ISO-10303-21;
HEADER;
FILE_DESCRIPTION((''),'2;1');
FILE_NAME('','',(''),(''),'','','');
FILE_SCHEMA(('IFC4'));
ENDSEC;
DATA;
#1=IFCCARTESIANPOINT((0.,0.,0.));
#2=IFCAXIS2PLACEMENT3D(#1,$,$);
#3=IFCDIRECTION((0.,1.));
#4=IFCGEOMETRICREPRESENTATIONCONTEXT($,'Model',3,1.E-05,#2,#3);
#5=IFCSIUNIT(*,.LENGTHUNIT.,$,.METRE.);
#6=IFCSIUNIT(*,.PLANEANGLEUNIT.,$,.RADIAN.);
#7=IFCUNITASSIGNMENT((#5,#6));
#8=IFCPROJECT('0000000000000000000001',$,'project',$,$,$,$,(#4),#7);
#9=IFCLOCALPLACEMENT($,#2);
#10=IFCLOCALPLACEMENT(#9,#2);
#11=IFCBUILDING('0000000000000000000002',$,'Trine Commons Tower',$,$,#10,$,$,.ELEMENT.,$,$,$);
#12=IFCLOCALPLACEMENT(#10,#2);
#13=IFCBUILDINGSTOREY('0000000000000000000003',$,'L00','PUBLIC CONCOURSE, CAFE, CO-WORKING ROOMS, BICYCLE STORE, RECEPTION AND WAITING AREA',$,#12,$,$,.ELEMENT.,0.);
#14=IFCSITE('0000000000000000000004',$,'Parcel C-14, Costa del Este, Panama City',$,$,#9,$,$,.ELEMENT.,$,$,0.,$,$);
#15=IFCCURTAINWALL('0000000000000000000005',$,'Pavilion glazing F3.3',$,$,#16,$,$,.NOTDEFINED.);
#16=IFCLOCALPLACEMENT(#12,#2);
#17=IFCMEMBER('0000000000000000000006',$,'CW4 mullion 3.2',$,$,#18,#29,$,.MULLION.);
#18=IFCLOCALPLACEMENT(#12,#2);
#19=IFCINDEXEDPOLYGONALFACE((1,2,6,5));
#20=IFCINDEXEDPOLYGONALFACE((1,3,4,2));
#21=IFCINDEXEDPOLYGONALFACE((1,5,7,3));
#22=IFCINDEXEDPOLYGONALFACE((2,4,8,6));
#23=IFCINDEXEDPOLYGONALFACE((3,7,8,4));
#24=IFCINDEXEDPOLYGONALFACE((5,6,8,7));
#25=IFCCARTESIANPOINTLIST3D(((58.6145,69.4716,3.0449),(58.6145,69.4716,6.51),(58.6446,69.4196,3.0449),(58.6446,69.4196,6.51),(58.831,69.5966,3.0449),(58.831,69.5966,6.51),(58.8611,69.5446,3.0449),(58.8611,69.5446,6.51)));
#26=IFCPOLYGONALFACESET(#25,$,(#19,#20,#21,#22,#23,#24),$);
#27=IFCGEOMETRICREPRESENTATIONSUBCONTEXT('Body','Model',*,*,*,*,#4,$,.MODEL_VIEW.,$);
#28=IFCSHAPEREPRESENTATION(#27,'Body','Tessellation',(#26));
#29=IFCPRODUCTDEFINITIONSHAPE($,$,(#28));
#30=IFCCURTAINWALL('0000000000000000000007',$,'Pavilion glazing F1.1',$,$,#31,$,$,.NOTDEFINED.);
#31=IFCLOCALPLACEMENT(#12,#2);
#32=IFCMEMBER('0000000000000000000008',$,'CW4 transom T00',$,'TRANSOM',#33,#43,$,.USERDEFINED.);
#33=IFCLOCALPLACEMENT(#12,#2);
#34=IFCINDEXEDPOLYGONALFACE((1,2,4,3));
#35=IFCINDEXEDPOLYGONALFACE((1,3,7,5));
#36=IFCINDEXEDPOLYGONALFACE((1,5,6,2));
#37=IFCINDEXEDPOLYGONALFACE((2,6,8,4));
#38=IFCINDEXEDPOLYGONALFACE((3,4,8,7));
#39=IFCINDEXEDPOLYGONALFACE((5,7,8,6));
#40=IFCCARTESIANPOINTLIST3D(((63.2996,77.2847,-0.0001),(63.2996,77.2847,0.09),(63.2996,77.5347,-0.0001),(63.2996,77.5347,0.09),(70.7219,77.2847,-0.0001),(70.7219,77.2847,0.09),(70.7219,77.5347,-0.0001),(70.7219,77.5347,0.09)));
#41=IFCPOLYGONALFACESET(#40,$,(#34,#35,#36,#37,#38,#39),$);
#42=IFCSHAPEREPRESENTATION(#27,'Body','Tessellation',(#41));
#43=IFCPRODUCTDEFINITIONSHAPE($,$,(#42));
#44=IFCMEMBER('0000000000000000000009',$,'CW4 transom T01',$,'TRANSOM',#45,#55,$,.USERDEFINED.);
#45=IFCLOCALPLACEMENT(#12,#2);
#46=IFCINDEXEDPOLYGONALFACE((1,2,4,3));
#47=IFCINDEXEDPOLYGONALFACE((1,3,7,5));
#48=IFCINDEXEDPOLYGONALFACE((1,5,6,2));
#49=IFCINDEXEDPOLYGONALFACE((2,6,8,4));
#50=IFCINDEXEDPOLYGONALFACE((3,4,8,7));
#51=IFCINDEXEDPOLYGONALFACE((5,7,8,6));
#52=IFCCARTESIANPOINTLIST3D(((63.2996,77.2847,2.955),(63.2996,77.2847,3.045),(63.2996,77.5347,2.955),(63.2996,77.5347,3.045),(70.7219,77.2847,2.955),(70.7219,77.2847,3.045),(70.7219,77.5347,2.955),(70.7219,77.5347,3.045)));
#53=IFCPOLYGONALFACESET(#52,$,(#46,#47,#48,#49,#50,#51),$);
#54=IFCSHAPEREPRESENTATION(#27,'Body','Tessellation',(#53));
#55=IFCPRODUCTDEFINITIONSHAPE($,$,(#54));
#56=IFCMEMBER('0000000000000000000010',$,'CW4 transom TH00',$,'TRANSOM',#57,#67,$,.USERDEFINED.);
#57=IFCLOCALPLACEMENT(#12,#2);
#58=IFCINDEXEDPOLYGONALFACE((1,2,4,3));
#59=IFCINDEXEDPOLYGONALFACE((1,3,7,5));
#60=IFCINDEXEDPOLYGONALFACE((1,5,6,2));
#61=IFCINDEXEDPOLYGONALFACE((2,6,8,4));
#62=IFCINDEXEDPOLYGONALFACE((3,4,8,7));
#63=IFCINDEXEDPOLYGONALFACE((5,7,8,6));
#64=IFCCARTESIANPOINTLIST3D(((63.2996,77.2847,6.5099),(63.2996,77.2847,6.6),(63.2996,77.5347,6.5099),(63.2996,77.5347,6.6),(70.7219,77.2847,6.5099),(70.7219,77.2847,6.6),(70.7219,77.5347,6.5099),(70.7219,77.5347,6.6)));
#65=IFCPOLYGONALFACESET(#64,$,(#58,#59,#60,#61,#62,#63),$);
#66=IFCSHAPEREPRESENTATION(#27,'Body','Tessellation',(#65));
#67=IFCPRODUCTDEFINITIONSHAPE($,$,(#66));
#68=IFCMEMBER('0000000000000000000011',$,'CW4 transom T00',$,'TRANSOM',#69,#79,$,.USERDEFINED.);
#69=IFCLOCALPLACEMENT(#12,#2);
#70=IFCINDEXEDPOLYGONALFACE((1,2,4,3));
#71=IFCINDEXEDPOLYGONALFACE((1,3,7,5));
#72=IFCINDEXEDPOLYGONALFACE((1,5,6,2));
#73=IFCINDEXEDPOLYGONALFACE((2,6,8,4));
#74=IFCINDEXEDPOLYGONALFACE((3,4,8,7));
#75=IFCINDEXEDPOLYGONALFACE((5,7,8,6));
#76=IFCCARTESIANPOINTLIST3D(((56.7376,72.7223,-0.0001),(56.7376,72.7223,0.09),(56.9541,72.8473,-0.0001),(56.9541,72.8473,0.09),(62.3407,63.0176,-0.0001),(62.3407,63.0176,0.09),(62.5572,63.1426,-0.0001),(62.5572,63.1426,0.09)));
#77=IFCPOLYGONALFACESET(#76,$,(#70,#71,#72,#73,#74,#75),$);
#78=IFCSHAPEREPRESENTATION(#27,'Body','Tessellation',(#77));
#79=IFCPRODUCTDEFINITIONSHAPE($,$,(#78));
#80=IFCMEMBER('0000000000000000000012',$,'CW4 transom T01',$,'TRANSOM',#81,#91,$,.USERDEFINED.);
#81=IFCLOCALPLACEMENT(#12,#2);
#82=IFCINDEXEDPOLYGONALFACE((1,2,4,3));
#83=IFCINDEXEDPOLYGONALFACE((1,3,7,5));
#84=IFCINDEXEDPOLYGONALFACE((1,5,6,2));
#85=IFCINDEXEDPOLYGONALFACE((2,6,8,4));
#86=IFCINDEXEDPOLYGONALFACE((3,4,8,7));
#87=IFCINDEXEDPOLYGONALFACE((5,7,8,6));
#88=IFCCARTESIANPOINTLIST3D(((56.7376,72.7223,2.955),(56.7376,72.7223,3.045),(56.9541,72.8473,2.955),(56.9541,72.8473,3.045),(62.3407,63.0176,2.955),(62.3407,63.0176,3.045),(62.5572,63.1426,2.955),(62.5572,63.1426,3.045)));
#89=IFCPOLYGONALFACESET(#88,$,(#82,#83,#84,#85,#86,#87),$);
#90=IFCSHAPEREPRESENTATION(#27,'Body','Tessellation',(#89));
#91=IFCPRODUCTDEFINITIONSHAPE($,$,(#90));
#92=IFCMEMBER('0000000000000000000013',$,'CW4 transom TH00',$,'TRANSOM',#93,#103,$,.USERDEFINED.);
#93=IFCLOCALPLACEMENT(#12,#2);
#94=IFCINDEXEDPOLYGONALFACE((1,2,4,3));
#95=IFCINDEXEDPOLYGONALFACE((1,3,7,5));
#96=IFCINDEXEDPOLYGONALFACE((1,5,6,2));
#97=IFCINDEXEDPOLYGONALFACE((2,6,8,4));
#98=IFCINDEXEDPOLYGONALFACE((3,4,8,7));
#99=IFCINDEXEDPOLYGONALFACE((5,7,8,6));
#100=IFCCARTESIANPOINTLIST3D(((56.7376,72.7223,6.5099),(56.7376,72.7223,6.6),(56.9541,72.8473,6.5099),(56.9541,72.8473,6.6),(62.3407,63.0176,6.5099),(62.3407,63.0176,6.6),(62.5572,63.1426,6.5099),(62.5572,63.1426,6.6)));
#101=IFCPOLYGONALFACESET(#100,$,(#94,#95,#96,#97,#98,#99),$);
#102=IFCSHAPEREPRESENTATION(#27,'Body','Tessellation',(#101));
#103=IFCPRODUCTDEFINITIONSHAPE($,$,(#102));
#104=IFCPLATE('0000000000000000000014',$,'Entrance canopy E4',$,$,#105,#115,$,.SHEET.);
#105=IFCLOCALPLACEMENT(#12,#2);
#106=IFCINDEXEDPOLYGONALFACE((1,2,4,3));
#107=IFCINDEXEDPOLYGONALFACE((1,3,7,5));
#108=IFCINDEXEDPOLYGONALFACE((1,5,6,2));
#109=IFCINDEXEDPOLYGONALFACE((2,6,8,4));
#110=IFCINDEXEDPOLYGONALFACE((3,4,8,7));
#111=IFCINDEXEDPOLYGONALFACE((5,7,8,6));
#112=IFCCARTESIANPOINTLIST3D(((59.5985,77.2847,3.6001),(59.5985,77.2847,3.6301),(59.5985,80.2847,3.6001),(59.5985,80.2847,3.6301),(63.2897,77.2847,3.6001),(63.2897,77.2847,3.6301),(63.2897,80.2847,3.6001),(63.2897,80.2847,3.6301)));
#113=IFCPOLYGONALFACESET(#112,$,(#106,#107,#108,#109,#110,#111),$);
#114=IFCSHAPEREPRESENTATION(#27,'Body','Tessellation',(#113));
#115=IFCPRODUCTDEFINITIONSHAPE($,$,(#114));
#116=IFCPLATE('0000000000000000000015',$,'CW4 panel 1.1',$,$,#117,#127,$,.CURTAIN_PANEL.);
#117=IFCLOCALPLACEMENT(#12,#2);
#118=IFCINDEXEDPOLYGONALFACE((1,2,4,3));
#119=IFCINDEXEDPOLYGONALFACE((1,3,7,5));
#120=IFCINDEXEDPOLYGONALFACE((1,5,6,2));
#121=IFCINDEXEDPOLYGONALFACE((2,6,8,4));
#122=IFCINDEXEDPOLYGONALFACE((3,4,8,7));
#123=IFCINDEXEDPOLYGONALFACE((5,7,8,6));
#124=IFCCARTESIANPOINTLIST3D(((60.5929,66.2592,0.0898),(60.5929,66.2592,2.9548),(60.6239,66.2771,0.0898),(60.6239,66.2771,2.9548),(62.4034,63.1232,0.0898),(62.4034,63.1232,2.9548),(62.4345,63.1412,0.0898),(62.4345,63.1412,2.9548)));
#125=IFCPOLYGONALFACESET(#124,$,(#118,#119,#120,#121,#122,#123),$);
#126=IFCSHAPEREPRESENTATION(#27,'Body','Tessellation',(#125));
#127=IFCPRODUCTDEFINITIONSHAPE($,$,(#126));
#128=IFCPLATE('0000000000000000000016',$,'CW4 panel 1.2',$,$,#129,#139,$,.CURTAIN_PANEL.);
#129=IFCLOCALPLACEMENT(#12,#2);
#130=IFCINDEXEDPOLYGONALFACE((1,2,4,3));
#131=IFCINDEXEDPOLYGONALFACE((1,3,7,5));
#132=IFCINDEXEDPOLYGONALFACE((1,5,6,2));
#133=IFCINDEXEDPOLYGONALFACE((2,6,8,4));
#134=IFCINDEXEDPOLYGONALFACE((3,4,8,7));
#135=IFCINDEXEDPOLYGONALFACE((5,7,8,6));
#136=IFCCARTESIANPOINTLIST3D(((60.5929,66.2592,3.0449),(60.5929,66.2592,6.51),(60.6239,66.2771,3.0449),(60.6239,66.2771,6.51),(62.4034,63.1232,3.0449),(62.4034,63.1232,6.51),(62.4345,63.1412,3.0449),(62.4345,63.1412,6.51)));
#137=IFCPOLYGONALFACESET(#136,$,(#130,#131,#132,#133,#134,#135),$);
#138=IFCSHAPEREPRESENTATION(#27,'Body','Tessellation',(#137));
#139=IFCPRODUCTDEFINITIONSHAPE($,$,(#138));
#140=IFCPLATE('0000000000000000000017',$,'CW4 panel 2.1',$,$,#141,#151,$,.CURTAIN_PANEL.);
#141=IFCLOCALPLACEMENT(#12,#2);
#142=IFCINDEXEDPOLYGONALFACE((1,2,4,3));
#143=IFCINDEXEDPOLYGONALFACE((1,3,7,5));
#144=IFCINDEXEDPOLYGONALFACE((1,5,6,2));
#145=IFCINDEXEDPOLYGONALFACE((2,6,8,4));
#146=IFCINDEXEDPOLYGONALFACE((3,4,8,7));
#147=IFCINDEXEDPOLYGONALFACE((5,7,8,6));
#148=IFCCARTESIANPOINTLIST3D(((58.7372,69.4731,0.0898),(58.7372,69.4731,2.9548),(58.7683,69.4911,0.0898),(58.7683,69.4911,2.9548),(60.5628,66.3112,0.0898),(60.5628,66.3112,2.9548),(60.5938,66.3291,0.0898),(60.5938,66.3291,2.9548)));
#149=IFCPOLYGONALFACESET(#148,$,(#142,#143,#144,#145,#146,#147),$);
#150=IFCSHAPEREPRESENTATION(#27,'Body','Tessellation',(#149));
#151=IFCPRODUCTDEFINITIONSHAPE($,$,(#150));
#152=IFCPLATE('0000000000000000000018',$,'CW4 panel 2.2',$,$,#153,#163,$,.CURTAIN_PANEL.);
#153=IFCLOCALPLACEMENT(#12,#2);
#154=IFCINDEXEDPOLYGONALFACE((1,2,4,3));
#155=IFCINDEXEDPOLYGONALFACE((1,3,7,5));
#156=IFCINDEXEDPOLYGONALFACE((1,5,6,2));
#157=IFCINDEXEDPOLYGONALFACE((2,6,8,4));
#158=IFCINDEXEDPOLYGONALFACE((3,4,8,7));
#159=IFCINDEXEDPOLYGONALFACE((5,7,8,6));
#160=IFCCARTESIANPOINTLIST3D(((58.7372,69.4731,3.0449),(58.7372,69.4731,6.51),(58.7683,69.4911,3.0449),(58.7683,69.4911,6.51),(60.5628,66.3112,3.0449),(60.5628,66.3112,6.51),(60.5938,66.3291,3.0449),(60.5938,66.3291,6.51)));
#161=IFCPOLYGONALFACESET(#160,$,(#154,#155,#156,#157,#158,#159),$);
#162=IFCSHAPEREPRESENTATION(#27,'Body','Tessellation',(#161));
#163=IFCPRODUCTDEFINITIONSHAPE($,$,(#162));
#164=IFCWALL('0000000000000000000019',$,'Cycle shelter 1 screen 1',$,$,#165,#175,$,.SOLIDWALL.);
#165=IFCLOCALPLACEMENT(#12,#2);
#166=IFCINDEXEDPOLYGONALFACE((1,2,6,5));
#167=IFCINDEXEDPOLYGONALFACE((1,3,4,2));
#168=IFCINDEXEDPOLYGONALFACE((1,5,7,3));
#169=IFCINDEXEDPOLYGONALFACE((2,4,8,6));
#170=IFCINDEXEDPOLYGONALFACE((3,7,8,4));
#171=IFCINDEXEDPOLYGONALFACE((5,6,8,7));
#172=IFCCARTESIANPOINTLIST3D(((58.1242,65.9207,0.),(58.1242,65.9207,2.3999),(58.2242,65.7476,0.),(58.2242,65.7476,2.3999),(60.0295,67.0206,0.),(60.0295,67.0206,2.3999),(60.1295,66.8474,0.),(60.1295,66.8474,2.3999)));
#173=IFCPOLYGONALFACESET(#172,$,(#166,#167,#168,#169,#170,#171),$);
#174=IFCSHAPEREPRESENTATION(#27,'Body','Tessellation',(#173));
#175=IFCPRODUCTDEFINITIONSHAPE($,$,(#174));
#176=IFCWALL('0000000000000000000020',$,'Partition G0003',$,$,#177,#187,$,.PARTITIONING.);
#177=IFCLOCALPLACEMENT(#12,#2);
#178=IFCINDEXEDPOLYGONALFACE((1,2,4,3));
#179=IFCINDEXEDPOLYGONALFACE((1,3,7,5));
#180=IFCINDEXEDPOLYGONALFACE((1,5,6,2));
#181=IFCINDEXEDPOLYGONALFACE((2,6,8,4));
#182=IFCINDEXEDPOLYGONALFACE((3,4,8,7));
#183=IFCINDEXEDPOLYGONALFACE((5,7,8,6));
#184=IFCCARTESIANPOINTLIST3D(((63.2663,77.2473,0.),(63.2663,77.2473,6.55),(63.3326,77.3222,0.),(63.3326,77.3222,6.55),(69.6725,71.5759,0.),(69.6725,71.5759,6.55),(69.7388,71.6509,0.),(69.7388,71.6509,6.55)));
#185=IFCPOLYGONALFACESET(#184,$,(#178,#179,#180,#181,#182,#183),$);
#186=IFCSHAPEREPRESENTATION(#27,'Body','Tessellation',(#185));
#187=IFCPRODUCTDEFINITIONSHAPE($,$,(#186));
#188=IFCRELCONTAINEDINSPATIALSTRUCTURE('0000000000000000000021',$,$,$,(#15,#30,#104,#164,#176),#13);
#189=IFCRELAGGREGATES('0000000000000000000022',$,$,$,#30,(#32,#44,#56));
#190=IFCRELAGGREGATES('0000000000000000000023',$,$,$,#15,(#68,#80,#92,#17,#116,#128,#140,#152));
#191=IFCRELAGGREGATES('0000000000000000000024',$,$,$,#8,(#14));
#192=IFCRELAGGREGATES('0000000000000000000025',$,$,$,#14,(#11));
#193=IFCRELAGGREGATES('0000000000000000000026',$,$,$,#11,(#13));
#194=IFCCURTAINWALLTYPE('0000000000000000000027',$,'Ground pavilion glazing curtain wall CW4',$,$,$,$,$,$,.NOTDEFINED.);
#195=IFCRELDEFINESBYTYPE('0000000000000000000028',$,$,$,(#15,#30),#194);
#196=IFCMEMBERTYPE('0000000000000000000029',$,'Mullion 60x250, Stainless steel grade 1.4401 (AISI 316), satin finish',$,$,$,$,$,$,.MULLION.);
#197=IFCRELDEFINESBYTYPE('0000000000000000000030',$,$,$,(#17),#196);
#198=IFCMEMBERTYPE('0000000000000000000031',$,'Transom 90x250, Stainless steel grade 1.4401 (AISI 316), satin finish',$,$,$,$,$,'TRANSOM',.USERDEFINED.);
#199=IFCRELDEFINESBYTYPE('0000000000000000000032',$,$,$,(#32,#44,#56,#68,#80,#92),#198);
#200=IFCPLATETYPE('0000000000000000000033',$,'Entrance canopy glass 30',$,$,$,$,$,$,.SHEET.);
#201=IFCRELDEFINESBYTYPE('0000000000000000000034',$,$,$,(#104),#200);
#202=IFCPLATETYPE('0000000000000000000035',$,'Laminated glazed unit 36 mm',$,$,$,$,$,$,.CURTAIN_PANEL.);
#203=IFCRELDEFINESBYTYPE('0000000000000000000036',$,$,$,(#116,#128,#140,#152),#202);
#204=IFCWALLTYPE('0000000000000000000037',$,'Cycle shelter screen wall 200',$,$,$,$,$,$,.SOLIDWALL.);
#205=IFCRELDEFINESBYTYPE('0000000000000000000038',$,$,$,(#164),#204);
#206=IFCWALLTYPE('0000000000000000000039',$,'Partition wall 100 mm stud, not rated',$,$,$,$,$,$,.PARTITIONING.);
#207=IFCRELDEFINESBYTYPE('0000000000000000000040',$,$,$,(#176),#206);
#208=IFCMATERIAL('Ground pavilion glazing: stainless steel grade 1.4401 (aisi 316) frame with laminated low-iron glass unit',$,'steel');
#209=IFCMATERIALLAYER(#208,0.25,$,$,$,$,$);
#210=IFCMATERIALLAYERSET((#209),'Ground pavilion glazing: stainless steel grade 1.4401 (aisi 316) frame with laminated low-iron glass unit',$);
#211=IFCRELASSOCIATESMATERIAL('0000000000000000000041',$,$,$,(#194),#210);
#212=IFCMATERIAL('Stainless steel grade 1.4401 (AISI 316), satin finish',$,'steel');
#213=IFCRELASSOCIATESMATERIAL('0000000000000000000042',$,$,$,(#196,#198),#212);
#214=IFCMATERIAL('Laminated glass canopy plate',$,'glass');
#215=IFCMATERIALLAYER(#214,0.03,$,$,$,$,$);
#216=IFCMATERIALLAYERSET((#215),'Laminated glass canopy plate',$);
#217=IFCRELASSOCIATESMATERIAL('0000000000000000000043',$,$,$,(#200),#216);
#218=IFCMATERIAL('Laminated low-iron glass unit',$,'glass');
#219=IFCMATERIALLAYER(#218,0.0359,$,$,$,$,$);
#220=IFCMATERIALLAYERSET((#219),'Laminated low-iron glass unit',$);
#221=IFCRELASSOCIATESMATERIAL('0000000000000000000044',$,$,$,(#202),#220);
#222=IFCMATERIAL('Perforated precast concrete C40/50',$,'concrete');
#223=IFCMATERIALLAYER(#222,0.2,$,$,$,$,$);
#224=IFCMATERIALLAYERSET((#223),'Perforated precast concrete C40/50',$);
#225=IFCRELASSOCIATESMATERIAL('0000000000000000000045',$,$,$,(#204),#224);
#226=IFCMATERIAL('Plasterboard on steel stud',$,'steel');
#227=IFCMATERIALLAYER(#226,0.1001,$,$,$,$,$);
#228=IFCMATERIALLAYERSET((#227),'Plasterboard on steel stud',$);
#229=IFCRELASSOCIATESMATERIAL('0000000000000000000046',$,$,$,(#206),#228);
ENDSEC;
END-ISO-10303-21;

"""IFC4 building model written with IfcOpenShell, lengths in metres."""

from ifc_helpers import new_model, si_unit, direction, frame, frame_2d, origin, origin_2d, place, context, subcontext, project, spatial, rectangle, extrude, material, layer, layer_set, material_profile, profile_set, type_object, element, aggregate, save


model = new_model("IFC4")

# Units and contexts
model_context = context("Model", 3, precision=1e-05, world=origin(), true_north=direction((0.0, 1.0)))
body_context = subcontext(model_context, "Body", "Model", "MODEL_VIEW")
ifc_project = project(units=[si_unit("LENGTHUNIT", "METRE"), si_unit("PLANEANGLEUNIT", "RADIAN")], contexts=[model_context])

# Site, building, storey
site_placement = place(None, origin())
site = spatial("IfcSite", under=ifc_project, at=site_placement, Name="Parcel C-14, Costa del Este, Panama City", CompositionType="ELEMENT", RefElevation=0.0)
building_placement = place(site_placement, origin())
building = spatial("IfcBuilding", under=site, at=building_placement, Name="Trine Commons Tower", CompositionType="ELEMENT")
storey_placement = place(building_placement, origin())
storey = spatial("IfcBuildingStorey", under=building, at=storey_placement, Name="L00", Description="PUBLIC CONCOURSE, CAFE, CO-WORKING ROOMS, BICYCLE STORE, RECEPTION AND WAITING AREA", CompositionType="ELEMENT", Elevation=0.0)

# Curtain walls, members
ifc_material_1 = material(Name="Ground pavilion glazing: stainless steel grade 1.4401 (aisi 316) frame with laminated low-iron glass unit", Category="steel")
ifc_layer_1 = layer(ifc_material_1, 0.25)
ifc_layer_set_1 = layer_set([ifc_layer_1], Name="Ground pavilion glazing: stainless steel grade 1.4401 (aisi 316) frame with laminated low-iron glass unit")
curtain_wall_type = type_object("IfcCurtainWallType", Name="Ground pavilion glazing curtain wall CW4", PredefinedType="NOTDEFINED", material=ifc_layer_set_1)
ifc_material_2 = material(Name="Stainless steel grade 1.4401 (AISI 316), satin finish", Category="steel")
ifc_material_profile_1 = material_profile(ifc_material_2, rectangle(XDim=0.25, YDim=0.0601, at=origin_2d()), Name="Mullion 60x250")
ifc_profile_set_1 = profile_set([ifc_material_profile_1], Name="Stainless steel grade 1.4401 (AISI 316), satin finish")
member_type_1 = type_object("IfcMemberType", Name="Mullion 60x250, Stainless steel grade 1.4401 (AISI 316), satin finish", PredefinedType="MULLION", material=ifc_profile_set_1)
curtain_wall_1_placement = place(storey_placement, origin())
curtain_wall_1 = element("IfcCurtainWall", 1, at=curtain_wall_1_placement, inside=storey, type_object=curtain_wall_type, Name="Pavilion glazing F3.3", PredefinedType="NOTDEFINED")
member_1_placement = place(storey_placement, frame((58.7378, 69.5081, 3.0449), z_axis=(0.0, 0.0, 1.0), x_axis=(-0.866025, -0.5, 0.0)))
member_1 = element("IfcMember", 2, at=member_1_placement, type_object=member_type_1, Name="CW4 mullion 3.2", PredefinedType="MULLION", context=body_context, shape_type="SweptSolid", body=[
    extrude(rectangle(XDim=0.25, YDim=0.0601, at=origin_2d()), origin(), (0.0, 0.0, 1.0), 3.4651),
])
curtain_wall_2_placement = place(storey_placement, origin())
curtain_wall_2 = element("IfcCurtainWall", 3, at=curtain_wall_2_placement, inside=storey, type_object=curtain_wall_type, Name="Pavilion glazing F1.1", PredefinedType="NOTDEFINED")
ifc_material_profile_2 = material_profile(ifc_material_2, rectangle(XDim=0.25, YDim=0.0901, at=origin_2d()), Name="Transom 90x250")
ifc_profile_set_2 = profile_set([ifc_material_profile_2], Name="Stainless steel grade 1.4401 (AISI 316), satin finish")
member_type_2 = type_object("IfcMemberType", Name="Transom 90x250, Stainless steel grade 1.4401 (AISI 316), satin finish", ElementType="TRANSOM", PredefinedType="USERDEFINED", material=ifc_profile_set_2)
member_2_placement = place(storey_placement, frame((63.2996, 77.4097, 0.0449), z_axis=(1.0, 0.0, 0.0), x_axis=(0.0, 1.0, 0.0)))
member_2 = element("IfcMember", 4, at=member_2_placement, type_object=member_type_2, Name="CW4 transom T00", ObjectType="TRANSOM", PredefinedType="USERDEFINED", context=body_context, shape_type="SweptSolid", body=[
    extrude(rectangle(XDim=0.25, YDim=0.0901, at=origin_2d()), origin(), (0.0, 0.0, 1.0), 7.4224),
])
member_3_placement = place(storey_placement, frame((63.2996, 77.4097, 3.0), z_axis=(1.0, 0.0, 0.0), x_axis=(0.0, 1.0, 0.0)))
member_3 = element("IfcMember", 5, at=member_3_placement, type_object=member_type_2, Name="CW4 transom T01", ObjectType="TRANSOM", PredefinedType="USERDEFINED", context=body_context, shape_type="SweptSolid", body=[
    extrude(rectangle(XDim=0.25, YDim=0.0901, at=origin_2d()), origin(), (0.0, 0.0, 1.0), 7.4224),
])
member_4_placement = place(storey_placement, frame((63.2996, 77.4097, 6.5549), z_axis=(1.0, 0.0, 0.0), x_axis=(0.0, 1.0, 0.0)))
member_4 = element("IfcMember", 6, at=member_4_placement, type_object=member_type_2, Name="CW4 transom TH00", ObjectType="TRANSOM", PredefinedType="USERDEFINED", context=body_context, shape_type="SweptSolid", body=[
    extrude(rectangle(XDim=0.25, YDim=0.0901, at=origin_2d()), origin(), (0.0, 0.0, 1.0), 7.4224),
])
aggregate(curtain_wall_2, [member_2, member_3, member_4])

# Members
member_5_placement = place(storey_placement, frame((62.449, 63.0801, 0.0449), z_axis=(-0.500005, 0.866022, 0.0), x_axis=(-0.866022, -0.500005, 0.0)))
member_5 = element("IfcMember", 7, at=member_5_placement, type_object=member_type_2, Name="CW4 transom T00", ObjectType="TRANSOM", PredefinedType="USERDEFINED", context=body_context, shape_type="SweptSolid", body=[
    extrude(rectangle(XDim=0.25, YDim=0.0901, at=origin_2d()), origin(), (0.0, 0.0, 1.0), 11.2061),
])
member_6_placement = place(storey_placement, frame((62.449, 63.0801, 3.0), z_axis=(-0.500005, 0.866022, 0.0), x_axis=(-0.866022, -0.500005, 0.0)))
member_6 = element("IfcMember", 8, at=member_6_placement, type_object=member_type_2, Name="CW4 transom T01", ObjectType="TRANSOM", PredefinedType="USERDEFINED", context=body_context, shape_type="SweptSolid", body=[
    extrude(rectangle(XDim=0.25, YDim=0.0901, at=origin_2d()), origin(), (0.0, 0.0, 1.0), 11.2061),
])
member_7_placement = place(storey_placement, frame((62.449, 63.0801, 6.5549), z_axis=(-0.500005, 0.866022, 0.0), x_axis=(-0.866022, -0.500005, 0.0)))
member_7 = element("IfcMember", 9, at=member_7_placement, type_object=member_type_2, Name="CW4 transom TH00", ObjectType="TRANSOM", PredefinedType="USERDEFINED", context=body_context, shape_type="SweptSolid", body=[
    extrude(rectangle(XDim=0.25, YDim=0.0901, at=origin_2d()), origin(), (0.0, 0.0, 1.0), 11.2061),
])

# Plates
ifc_material_3 = material(Name="Laminated glass canopy plate", Category="glass")
ifc_layer_2 = layer(ifc_material_3, 0.03)
ifc_layer_set_2 = layer_set([ifc_layer_2], Name="Laminated glass canopy plate")
plate_type_1 = type_object("IfcPlateType", Name="Entrance canopy glass 30", PredefinedType="SHEET", material=ifc_layer_set_2)
plate_1_placement = place(storey_placement, frame((61.4441, 78.7847, 3.6001), z_axis=(0.0, 0.0, 1.0), x_axis=(1.0, 0.0, 0.0)))
element("IfcPlate", 10, at=plate_1_placement, inside=storey, type_object=plate_type_1, Name="Entrance canopy E4", PredefinedType="SHEET", context=body_context, shape_type="SweptSolid", body=[
    extrude(rectangle(XDim=3.6912, YDim=3.0, at=origin_2d()), origin(), (0.0, 0.0, 1.0), 0.03),
])
ifc_material_4 = material(Name="Laminated low-iron glass unit", Category="glass")
ifc_layer_3 = layer(ifc_material_4, 0.0359)
ifc_layer_set_3 = layer_set([ifc_layer_3], Name="Laminated low-iron glass unit")
plate_type_2 = type_object("IfcPlateType", Name="Laminated glazed unit 36 mm", PredefinedType="CURTAIN_PANEL", material=ifc_layer_set_3)
plate_2_placement = place(storey_placement, frame((61.5137, 64.7002, 0.0898), z_axis=(0.0, 0.0, 1.0), x_axis=(-0.5, 0.866025, 0.0)))
plate_2 = element("IfcPlate", 11, at=plate_2_placement, type_object=plate_type_2, Name="CW4 panel 1.1", PredefinedType="CURTAIN_PANEL", context=body_context, shape_type="SweptSolid", body=[
    extrude(rectangle(XDim=3.6211, YDim=0.0359, at=origin_2d()), origin(), (0.0, 0.0, 1.0), 2.865),
])
plate_3_placement = place(storey_placement, frame((61.5137, 64.7002, 3.0449), z_axis=(0.0, 0.0, 1.0), x_axis=(-0.5, 0.866025, 0.0)))
plate_3 = element("IfcPlate", 12, at=plate_3_placement, type_object=plate_type_2, Name="CW4 panel 1.2", PredefinedType="CURTAIN_PANEL", context=body_context, shape_type="SweptSolid", body=[
    extrude(rectangle(XDim=3.6211, YDim=0.0359, at=origin_2d()), origin(), (0.0, 0.0, 1.0), 3.4651),
])
plate_4_placement = place(storey_placement, frame((59.6655, 67.9011, 0.0898), z_axis=(0.0, 0.0, 1.0), x_axis=(-0.5, 0.866025, 0.0)))
plate_4 = element("IfcPlate", 13, at=plate_4_placement, type_object=plate_type_2, Name="CW4 panel 2.1", PredefinedType="CURTAIN_PANEL", context=body_context, shape_type="SweptSolid", body=[
    extrude(rectangle(XDim=3.6511, YDim=0.0359, at=origin_2d()), origin(), (0.0, 0.0, 1.0), 2.865),
])
plate_5_placement = place(storey_placement, frame((59.6655, 67.9011, 3.0449), z_axis=(0.0, 0.0, 1.0), x_axis=(-0.5, 0.866025, 0.0)))
plate_5 = element("IfcPlate", 14, at=plate_5_placement, type_object=plate_type_2, Name="CW4 panel 2.2", PredefinedType="CURTAIN_PANEL", context=body_context, shape_type="SweptSolid", body=[
    extrude(rectangle(XDim=3.6511, YDim=0.0359, at=origin_2d()), origin(), (0.0, 0.0, 1.0), 3.4651),
])
aggregate(curtain_wall_1, [member_5, member_6, member_7, member_1, plate_2, plate_3, plate_4, plate_5])

# Wall
ifc_material_5 = material(Name="Perforated precast concrete C40/50", Category="concrete")
ifc_layer_4 = layer(ifc_material_5, 0.2)
ifc_layer_set_4 = layer_set([ifc_layer_4], Name="Perforated precast concrete C40/50")
wall_type_1 = type_object("IfcWallType", Name="Cycle shelter screen wall 200", PredefinedType="SOLIDWALL", material=ifc_layer_set_4)
wall_1_placement = place(storey_placement, frame((60.0796, 66.9341, 0.0), z_axis=(0.0, 0.0, 1.0), x_axis=(-0.866056, -0.499947, 0.0)))
element("IfcWall", 15, at=wall_1_placement, inside=storey, type_object=wall_type_1, Name="Cycle shelter 1 screen 1", PredefinedType="SOLIDWALL", context=body_context, shape_type="SweptSolid", body=[
    extrude(rectangle(XDim=2.2, YDim=0.2, at=frame_2d((1.1001, 0.0))), origin(), (0.0, 0.0, 1.0), 2.3999),
])

# Wall
ifc_material_6 = material(Name="Plasterboard on steel stud", Category="steel")
ifc_layer_5 = layer(ifc_material_6, 0.1001)
ifc_layer_set_5 = layer_set([ifc_layer_5], Name="Plasterboard on steel stud")
wall_type_2 = type_object("IfcWallType", Name="Partition wall 100 mm stud, not rated", PredefinedType="PARTITIONING", material=ifc_layer_set_5)
wall_2_placement = place(storey_placement, frame((63.2996, 77.2847, 0.0), z_axis=(0.0, 0.0, 1.0), x_axis=(0.748746, -0.662857, 0.0)))
element("IfcWall", 16, at=wall_2_placement, inside=storey, type_object=wall_type_2, Name="Partition G0003", PredefinedType="PARTITIONING", context=body_context, shape_type="SweptSolid", body=[
    extrude(rectangle(XDim=8.5559, YDim=0.1001, at=frame_2d((4.2778, 0.0))), origin(), (0.0, 0.0, 1.0), 6.55),
])

save(model, "model.ifc")
